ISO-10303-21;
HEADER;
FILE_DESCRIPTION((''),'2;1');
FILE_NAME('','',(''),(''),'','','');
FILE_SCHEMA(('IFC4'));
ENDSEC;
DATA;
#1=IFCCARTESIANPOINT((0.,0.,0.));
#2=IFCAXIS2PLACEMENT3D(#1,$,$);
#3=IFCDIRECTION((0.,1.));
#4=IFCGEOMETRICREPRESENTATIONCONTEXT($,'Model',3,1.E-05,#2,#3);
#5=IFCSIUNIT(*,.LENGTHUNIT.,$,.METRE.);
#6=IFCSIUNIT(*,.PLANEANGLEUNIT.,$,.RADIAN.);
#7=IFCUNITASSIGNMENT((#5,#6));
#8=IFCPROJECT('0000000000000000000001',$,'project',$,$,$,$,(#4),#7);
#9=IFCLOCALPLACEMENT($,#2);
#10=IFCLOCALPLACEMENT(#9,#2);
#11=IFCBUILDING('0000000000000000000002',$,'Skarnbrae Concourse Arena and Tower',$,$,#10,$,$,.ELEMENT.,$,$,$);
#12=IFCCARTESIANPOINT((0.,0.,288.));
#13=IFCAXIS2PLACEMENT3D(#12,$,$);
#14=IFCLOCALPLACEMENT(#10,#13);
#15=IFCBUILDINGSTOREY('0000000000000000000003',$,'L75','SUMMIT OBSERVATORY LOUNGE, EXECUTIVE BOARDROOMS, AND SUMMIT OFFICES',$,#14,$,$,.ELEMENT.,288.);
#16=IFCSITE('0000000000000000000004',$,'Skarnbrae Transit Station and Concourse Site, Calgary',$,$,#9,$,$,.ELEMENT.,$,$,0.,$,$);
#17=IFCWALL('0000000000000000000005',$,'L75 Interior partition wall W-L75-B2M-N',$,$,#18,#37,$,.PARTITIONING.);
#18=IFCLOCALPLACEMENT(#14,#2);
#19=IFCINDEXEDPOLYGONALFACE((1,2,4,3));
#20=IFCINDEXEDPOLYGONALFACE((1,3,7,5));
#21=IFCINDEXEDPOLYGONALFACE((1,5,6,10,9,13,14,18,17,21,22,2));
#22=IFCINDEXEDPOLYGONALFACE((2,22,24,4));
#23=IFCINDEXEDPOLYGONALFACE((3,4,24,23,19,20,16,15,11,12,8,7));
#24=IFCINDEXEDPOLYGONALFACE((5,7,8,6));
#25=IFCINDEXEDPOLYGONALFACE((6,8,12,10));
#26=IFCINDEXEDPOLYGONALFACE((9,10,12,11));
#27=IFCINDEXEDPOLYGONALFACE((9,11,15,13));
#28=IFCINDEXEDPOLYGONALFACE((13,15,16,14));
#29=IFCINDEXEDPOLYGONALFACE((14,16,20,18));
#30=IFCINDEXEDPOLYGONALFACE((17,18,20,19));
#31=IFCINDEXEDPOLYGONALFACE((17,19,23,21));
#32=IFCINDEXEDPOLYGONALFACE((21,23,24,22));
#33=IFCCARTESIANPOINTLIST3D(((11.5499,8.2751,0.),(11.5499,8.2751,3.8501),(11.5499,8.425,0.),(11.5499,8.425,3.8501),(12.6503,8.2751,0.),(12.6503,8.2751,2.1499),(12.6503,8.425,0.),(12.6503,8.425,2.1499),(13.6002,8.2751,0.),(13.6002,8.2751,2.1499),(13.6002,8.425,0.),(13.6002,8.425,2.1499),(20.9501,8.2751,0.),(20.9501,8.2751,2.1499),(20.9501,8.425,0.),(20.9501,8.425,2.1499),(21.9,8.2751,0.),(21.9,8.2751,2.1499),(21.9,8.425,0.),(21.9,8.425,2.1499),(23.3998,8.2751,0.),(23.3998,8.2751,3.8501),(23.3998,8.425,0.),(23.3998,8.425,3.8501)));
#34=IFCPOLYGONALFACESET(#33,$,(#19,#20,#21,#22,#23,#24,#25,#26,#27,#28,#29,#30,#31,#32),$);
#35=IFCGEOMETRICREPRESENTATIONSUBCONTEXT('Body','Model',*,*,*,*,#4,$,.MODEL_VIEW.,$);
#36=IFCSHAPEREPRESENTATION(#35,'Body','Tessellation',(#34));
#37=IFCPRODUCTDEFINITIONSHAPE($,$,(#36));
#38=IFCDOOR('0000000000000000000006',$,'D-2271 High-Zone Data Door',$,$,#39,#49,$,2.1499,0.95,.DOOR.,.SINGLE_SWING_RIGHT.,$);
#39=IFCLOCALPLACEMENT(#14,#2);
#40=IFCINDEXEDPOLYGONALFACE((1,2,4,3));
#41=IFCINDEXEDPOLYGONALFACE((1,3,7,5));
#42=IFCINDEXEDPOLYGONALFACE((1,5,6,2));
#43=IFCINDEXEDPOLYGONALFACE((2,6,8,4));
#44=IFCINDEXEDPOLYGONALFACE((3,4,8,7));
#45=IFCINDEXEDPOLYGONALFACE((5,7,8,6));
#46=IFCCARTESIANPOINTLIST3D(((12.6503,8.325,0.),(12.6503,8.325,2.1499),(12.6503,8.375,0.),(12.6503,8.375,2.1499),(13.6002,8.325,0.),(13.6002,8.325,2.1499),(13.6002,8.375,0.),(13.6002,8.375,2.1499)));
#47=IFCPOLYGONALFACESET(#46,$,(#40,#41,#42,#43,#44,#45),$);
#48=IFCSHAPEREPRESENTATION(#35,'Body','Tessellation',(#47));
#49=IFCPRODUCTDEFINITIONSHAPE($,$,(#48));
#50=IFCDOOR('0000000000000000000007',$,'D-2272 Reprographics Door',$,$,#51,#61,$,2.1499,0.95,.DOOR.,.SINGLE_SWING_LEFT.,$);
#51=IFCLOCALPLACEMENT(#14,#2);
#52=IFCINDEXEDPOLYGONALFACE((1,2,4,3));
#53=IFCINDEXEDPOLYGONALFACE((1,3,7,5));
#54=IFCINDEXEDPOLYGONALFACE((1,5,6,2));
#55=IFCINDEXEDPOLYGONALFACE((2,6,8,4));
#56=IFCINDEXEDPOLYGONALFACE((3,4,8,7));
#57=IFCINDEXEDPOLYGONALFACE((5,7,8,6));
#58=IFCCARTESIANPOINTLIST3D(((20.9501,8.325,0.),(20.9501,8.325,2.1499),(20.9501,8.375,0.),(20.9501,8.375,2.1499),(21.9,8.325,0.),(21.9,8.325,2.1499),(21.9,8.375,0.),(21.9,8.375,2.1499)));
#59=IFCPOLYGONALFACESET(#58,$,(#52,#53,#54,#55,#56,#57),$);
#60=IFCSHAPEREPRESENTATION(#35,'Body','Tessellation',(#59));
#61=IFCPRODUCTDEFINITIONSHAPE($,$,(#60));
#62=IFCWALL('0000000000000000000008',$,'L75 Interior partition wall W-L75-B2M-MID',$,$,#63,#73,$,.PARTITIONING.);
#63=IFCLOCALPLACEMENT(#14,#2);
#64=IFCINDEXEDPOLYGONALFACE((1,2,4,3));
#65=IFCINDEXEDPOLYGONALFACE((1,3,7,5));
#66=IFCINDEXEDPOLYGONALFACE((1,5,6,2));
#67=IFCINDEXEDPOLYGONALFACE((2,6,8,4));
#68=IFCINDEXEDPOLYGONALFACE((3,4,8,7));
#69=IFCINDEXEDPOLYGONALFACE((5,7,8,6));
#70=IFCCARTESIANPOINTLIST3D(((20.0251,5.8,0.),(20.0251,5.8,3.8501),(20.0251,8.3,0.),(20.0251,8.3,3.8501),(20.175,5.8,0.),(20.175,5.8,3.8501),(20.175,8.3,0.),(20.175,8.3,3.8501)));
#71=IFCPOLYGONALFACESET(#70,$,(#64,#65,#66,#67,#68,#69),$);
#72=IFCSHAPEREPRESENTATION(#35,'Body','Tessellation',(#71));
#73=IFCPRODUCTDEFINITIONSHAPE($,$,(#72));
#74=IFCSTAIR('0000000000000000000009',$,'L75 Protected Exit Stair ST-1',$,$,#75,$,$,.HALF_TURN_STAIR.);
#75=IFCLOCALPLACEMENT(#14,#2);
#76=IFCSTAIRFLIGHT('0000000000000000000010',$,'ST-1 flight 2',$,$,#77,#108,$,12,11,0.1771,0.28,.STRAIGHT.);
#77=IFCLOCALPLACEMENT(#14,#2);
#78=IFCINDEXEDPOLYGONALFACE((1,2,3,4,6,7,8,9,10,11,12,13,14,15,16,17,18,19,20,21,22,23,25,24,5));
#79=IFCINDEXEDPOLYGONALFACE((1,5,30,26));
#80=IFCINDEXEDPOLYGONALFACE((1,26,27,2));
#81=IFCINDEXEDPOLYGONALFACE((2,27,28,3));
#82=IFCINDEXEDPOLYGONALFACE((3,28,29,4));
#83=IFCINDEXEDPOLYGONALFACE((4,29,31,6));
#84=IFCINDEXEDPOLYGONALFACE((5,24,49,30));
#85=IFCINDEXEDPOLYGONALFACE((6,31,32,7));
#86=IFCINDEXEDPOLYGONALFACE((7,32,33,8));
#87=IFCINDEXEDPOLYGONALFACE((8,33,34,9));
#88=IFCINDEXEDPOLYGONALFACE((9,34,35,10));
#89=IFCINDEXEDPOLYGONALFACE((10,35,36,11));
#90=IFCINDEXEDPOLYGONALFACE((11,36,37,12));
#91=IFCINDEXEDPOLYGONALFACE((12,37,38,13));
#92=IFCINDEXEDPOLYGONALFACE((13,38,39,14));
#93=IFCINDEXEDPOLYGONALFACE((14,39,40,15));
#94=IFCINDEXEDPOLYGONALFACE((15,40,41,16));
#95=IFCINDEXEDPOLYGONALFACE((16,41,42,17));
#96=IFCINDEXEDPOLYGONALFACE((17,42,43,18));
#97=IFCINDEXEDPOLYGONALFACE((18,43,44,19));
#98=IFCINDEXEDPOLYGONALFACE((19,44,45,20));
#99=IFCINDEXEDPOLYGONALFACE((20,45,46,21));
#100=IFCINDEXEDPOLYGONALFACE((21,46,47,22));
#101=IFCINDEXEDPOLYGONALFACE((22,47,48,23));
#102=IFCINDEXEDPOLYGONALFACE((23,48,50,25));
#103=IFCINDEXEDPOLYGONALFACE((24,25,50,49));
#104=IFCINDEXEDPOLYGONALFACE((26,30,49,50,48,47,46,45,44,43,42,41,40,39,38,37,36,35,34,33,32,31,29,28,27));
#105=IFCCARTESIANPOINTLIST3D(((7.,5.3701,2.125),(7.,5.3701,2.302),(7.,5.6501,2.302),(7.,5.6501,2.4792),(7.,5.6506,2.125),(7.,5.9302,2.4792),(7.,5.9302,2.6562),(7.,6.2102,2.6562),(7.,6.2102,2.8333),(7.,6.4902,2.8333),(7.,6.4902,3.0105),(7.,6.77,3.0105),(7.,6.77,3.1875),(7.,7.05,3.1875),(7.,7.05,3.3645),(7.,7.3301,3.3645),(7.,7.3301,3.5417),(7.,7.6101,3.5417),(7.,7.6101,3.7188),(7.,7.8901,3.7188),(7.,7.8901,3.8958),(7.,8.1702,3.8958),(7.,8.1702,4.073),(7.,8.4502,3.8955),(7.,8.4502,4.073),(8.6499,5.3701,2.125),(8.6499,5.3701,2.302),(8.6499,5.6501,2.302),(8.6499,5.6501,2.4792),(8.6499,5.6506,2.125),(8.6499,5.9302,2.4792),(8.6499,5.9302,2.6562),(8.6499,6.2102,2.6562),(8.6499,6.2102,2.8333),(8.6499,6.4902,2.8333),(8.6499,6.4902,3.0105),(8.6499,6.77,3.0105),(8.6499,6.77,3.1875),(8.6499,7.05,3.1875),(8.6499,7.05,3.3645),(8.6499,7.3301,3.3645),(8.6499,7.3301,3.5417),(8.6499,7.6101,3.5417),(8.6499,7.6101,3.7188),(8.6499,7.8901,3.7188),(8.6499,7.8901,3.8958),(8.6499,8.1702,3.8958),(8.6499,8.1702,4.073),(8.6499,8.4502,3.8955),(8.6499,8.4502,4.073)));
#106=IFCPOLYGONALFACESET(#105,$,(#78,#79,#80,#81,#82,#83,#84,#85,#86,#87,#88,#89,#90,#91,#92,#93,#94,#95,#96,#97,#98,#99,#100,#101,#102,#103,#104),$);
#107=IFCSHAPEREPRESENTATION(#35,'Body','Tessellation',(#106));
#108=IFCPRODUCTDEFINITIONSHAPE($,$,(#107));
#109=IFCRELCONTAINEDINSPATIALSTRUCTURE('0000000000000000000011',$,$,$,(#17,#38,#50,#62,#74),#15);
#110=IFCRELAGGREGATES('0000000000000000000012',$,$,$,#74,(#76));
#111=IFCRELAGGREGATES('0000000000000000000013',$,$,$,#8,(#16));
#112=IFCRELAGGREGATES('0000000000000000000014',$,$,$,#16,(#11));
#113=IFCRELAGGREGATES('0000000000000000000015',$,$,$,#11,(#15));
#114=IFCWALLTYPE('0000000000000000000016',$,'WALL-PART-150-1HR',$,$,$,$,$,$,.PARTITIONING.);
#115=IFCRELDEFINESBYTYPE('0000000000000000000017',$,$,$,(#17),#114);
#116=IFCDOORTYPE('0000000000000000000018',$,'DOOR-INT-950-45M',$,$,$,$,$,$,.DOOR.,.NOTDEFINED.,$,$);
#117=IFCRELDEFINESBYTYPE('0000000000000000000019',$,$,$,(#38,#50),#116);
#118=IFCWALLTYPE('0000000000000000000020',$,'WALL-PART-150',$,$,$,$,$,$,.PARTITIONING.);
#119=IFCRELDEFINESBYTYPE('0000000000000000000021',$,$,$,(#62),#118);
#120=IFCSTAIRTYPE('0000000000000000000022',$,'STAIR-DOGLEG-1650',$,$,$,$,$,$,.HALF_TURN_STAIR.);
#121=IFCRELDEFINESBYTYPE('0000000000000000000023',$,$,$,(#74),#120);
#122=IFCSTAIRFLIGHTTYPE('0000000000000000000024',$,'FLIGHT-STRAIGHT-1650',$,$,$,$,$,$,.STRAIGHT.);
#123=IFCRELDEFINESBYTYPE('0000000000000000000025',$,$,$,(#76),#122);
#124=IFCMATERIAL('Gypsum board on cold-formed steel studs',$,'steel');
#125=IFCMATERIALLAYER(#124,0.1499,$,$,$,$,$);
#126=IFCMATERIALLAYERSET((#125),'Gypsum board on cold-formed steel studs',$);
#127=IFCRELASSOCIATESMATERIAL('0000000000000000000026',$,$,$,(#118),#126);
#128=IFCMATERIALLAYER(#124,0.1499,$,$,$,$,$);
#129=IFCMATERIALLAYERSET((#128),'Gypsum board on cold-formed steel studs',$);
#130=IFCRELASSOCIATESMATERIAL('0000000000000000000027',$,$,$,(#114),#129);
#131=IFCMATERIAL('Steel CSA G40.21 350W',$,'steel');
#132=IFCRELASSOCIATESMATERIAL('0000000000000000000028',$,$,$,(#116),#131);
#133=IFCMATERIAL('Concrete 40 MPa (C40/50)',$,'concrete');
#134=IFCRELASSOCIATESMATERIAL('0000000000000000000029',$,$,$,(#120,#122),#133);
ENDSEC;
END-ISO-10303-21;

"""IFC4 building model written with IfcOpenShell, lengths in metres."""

from ifc_helpers import new_model, si_unit, direction, frame, frame_2d, origin, place, context, subcontext, project, spatial, polyline, rectangle, outline, extrude, source, transform, mapped, material, layer, layer_set, type_object, element, fill, aggregate, save


model = new_model("IFC4")

# Units and contexts
model_context = context("Model", 3, precision=1e-05, world=origin(), true_north=direction((0.0, 1.0)))
body_context = subcontext(model_context, "Body", "Model", "MODEL_VIEW")
ifc_project = project(units=[si_unit("LENGTHUNIT", "METRE"), si_unit("PLANEANGLEUNIT", "RADIAN")], contexts=[model_context])

# Site, building, storey
site_placement = place(None, origin())
site = spatial("IfcSite", under=ifc_project, at=site_placement, Name="Skarnbrae Transit Station and Concourse Site, Calgary", CompositionType="ELEMENT", RefElevation=0.0)
building_placement = place(site_placement, origin())
building = spatial("IfcBuilding", under=site, at=building_placement, Name="Skarnbrae Concourse Arena and Tower", CompositionType="ELEMENT")
storey_placement = place(building_placement, frame((0.0, 0.0, 288.0)))
storey = spatial("IfcBuildingStorey", under=building, at=storey_placement, Name="L75", Description="SUMMIT OBSERVATORY LOUNGE, EXECUTIVE BOARDROOMS, AND SUMMIT OFFICES", CompositionType="ELEMENT", Elevation=288.0)

# Shared definitions
ifc_material_1 = material(Name="Gypsum board on cold-formed steel studs", Category="steel")

# Shared definitions
ifc_material_2 = material(Name="Steel CSA G40.21 350W", Category="steel")

# Shared definitions
ifc_layer_1 = layer(ifc_material_1, 0.1499)
ifc_layer_set_1 = layer_set([ifc_layer_1], Name="Gypsum board on cold-formed steel studs")
wall_type_1 = type_object("IfcWallType", Name="WALL-PART-150", PredefinedType="PARTITIONING", material=ifc_layer_set_1)
ifc_layer_2 = layer(ifc_material_1, 0.1499)
ifc_layer_set_2 = layer_set([ifc_layer_2], Name="Gypsum board on cold-formed steel studs")
wall_type_2 = type_object("IfcWallType", Name="WALL-PART-150-1HR", PredefinedType="PARTITIONING", material=ifc_layer_set_2)

# Shared definitions
door_type_1 = type_object("IfcDoorType", Name="DOOR-INT-950-45M", OperationType="NOTDEFINED", PredefinedType="DOOR", material=ifc_material_2)
shared_shape_1 = source(origin(), body_context, "Body", "SweptSolid", [
    extrude(rectangle(XDim=0.95, YDim=2.1499, at=frame_2d((0.4751, 1.075))), frame((0.0, 0.0249, 0.0), z_axis=(0.0, -1.0, 0.0), x_axis=(1.0, 0.0, 0.0)), (0.0, 0.0, 1.0), 0.05),
])

# Shared definitions
shared_shape_2 = source(origin(), body_context, "Body", "SweptSolid", [
    extrude(rectangle(XDim=11.8499, YDim=0.1499, at=frame_2d((5.9248, 0.0))), origin(), (0.0, 0.0, 1.0), 3.8501),
])

# Wall, openings, doors
wall_1_placement = place(storey_placement, frame((11.55, 8.3501, 0.0), z_axis=(0.0, 0.0, 1.0), x_axis=(1.0, 0.0, 0.0)))
wall_1 = element("IfcWall", 1, at=wall_1_placement, inside=storey, type_object=wall_type_2, Name="L75 Interior partition wall W-L75-B2M-N", PredefinedType="PARTITIONING", context=body_context, shape_type="MappedRepresentation", body=[
    mapped(shared_shape_2, transform((0.0, 0.0, 0.0))),
])
opening_1_placement = place(wall_1_placement, frame((1.1001, 0.0, 0.0)))
opening_1 = element("IfcOpeningElement", 2, at=opening_1_placement, cuts=wall_1, PredefinedType="OPENING", context=body_context, shape_type="SweptSolid", body=[
    extrude(rectangle(XDim=0.95, YDim=2.1499, at=frame_2d((0.4751, 1.075))), frame((0.0, 0.085, 0.0), z_axis=(0.0, -1.0, 0.0), x_axis=(1.0, 0.0, 0.0)), (0.0, 0.0, 1.0), 0.1699),
])
opening_2_placement = place(wall_1_placement, frame((9.3999, 0.0, 0.0)))
opening_2 = element("IfcOpeningElement", 3, at=opening_2_placement, cuts=wall_1, PredefinedType="OPENING", context=body_context, shape_type="SweptSolid", body=[
    extrude(rectangle(XDim=0.95, YDim=2.1499, at=frame_2d((0.4751, 1.075))), frame((0.0, 0.085, 0.0), z_axis=(0.0, -1.0, 0.0), x_axis=(1.0, 0.0, 0.0)), (0.0, 0.0, 1.0), 0.1699),
])
door_1_placement = place(opening_1_placement, origin())
door_1 = element("IfcDoor", 4, at=door_1_placement, inside=storey, type_object=door_type_1, Name="D-2271 High-Zone Data Door", OperationType="SINGLE_SWING_RIGHT", OverallHeight=2.1499, OverallWidth=0.95, PredefinedType="DOOR", context=body_context, shape_type="MappedRepresentation", body=[
    mapped(shared_shape_1, transform((0.0, 0.0, 0.0))),
])
fill(opening_1, door_1)
door_2_placement = place(opening_2_placement, origin())
door_2 = element("IfcDoor", 5, at=door_2_placement, inside=storey, type_object=door_type_1, Name="D-2272 Reprographics Door", OperationType="SINGLE_SWING_LEFT", OverallHeight=2.1499, OverallWidth=0.95, PredefinedType="DOOR", context=body_context, shape_type="MappedRepresentation", body=[
    mapped(shared_shape_1, transform((0.0, 0.0, 0.0))),
])
fill(opening_2, door_2)

# Wall
shared_shape_3 = source(origin(), body_context, "Body", "SweptSolid", [
    extrude(rectangle(XDim=2.5, YDim=0.1499, at=frame_2d((1.25, 0.0))), origin(), (0.0, 0.0, 1.0), 3.8501),
])
wall_2_placement = place(storey_placement, frame((20.1001, 5.8, 0.0), z_axis=(0.0, 0.0, 1.0), x_axis=(0.0, 1.0, 0.0)))
element("IfcWall", 6, at=wall_2_placement, inside=storey, type_object=wall_type_1, Name="L75 Interior partition wall W-L75-B2M-MID", PredefinedType="PARTITIONING", context=body_context, shape_type="MappedRepresentation", body=[
    mapped(shared_shape_3, transform((0.0, 0.0, 0.0))),
])

# Stair, stair flight
ifc_material_3 = material(Name="Concrete 40 MPa (C40/50)", Category="concrete")
stair_type = type_object("IfcStairType", Name="STAIR-DOGLEG-1650", PredefinedType="HALF_TURN_STAIR", material=ifc_material_3)
stair_placement = place(storey_placement, origin())
stair = element("IfcStair", 7, at=stair_placement, inside=storey, type_object=stair_type, Name="L75 Protected Exit Stair ST-1", PredefinedType="HALF_TURN_STAIR")
stair_flight_type = type_object("IfcStairFlightType", Name="FLIGHT-STRAIGHT-1650", PredefinedType="STRAIGHT", material=ifc_material_3)
shared_shape_4 = source(origin(), body_context, "Body", "SweptSolid", [
    extrude(outline(polyline([(0.0, 0.0), (0.0, 0.177), (0.28, 0.177), (0.28, 0.3542), (0.5601, 0.3542), (0.5601, 0.5312), (0.8401, 0.5312), (0.8401, 0.7083), (1.1201, 0.7083), (1.1201, 0.8855), (1.3999, 0.8855), (1.3999, 1.0625), (1.6799, 1.0625), (1.6799, 1.2395), (1.96, 1.2395), (1.96, 1.4167), (2.24, 1.4167), (2.24, 1.5938), (2.52, 1.5938), (2.52, 1.7708), (2.8, 1.7708), (2.8, 1.948), (3.0801, 1.948), (3.0801, 2.125), (3.0801, 1.7705), (0.2805, 0.0), (0.0, 0.0)])), frame((0.0, 0.825, 0.0), z_axis=(0.0, -1.0, 0.0), x_axis=(1.0, 0.0, 0.0)), (0.0, 0.0, 1.0), 1.6499),
])
stair_flight_placement = place(storey_placement, frame((7.825, 5.3701, 2.125), z_axis=(0.0, 0.0, 1.0), x_axis=(0.0, 1.0, 0.0)))
stair_flight = element("IfcStairFlight", 8, at=stair_flight_placement, type_object=stair_flight_type, Name="ST-1 flight 2", NumberOfRisers=12, NumberOfTreads=11, PredefinedType="STRAIGHT", RiserHeight=0.1771, TreadLength=0.28, context=body_context, shape_type="MappedRepresentation", body=[
    mapped(shared_shape_4, transform((0.0, 0.0, 0.0))),
])
aggregate(stair, [stair_flight])

save(model, "model.ifc")
